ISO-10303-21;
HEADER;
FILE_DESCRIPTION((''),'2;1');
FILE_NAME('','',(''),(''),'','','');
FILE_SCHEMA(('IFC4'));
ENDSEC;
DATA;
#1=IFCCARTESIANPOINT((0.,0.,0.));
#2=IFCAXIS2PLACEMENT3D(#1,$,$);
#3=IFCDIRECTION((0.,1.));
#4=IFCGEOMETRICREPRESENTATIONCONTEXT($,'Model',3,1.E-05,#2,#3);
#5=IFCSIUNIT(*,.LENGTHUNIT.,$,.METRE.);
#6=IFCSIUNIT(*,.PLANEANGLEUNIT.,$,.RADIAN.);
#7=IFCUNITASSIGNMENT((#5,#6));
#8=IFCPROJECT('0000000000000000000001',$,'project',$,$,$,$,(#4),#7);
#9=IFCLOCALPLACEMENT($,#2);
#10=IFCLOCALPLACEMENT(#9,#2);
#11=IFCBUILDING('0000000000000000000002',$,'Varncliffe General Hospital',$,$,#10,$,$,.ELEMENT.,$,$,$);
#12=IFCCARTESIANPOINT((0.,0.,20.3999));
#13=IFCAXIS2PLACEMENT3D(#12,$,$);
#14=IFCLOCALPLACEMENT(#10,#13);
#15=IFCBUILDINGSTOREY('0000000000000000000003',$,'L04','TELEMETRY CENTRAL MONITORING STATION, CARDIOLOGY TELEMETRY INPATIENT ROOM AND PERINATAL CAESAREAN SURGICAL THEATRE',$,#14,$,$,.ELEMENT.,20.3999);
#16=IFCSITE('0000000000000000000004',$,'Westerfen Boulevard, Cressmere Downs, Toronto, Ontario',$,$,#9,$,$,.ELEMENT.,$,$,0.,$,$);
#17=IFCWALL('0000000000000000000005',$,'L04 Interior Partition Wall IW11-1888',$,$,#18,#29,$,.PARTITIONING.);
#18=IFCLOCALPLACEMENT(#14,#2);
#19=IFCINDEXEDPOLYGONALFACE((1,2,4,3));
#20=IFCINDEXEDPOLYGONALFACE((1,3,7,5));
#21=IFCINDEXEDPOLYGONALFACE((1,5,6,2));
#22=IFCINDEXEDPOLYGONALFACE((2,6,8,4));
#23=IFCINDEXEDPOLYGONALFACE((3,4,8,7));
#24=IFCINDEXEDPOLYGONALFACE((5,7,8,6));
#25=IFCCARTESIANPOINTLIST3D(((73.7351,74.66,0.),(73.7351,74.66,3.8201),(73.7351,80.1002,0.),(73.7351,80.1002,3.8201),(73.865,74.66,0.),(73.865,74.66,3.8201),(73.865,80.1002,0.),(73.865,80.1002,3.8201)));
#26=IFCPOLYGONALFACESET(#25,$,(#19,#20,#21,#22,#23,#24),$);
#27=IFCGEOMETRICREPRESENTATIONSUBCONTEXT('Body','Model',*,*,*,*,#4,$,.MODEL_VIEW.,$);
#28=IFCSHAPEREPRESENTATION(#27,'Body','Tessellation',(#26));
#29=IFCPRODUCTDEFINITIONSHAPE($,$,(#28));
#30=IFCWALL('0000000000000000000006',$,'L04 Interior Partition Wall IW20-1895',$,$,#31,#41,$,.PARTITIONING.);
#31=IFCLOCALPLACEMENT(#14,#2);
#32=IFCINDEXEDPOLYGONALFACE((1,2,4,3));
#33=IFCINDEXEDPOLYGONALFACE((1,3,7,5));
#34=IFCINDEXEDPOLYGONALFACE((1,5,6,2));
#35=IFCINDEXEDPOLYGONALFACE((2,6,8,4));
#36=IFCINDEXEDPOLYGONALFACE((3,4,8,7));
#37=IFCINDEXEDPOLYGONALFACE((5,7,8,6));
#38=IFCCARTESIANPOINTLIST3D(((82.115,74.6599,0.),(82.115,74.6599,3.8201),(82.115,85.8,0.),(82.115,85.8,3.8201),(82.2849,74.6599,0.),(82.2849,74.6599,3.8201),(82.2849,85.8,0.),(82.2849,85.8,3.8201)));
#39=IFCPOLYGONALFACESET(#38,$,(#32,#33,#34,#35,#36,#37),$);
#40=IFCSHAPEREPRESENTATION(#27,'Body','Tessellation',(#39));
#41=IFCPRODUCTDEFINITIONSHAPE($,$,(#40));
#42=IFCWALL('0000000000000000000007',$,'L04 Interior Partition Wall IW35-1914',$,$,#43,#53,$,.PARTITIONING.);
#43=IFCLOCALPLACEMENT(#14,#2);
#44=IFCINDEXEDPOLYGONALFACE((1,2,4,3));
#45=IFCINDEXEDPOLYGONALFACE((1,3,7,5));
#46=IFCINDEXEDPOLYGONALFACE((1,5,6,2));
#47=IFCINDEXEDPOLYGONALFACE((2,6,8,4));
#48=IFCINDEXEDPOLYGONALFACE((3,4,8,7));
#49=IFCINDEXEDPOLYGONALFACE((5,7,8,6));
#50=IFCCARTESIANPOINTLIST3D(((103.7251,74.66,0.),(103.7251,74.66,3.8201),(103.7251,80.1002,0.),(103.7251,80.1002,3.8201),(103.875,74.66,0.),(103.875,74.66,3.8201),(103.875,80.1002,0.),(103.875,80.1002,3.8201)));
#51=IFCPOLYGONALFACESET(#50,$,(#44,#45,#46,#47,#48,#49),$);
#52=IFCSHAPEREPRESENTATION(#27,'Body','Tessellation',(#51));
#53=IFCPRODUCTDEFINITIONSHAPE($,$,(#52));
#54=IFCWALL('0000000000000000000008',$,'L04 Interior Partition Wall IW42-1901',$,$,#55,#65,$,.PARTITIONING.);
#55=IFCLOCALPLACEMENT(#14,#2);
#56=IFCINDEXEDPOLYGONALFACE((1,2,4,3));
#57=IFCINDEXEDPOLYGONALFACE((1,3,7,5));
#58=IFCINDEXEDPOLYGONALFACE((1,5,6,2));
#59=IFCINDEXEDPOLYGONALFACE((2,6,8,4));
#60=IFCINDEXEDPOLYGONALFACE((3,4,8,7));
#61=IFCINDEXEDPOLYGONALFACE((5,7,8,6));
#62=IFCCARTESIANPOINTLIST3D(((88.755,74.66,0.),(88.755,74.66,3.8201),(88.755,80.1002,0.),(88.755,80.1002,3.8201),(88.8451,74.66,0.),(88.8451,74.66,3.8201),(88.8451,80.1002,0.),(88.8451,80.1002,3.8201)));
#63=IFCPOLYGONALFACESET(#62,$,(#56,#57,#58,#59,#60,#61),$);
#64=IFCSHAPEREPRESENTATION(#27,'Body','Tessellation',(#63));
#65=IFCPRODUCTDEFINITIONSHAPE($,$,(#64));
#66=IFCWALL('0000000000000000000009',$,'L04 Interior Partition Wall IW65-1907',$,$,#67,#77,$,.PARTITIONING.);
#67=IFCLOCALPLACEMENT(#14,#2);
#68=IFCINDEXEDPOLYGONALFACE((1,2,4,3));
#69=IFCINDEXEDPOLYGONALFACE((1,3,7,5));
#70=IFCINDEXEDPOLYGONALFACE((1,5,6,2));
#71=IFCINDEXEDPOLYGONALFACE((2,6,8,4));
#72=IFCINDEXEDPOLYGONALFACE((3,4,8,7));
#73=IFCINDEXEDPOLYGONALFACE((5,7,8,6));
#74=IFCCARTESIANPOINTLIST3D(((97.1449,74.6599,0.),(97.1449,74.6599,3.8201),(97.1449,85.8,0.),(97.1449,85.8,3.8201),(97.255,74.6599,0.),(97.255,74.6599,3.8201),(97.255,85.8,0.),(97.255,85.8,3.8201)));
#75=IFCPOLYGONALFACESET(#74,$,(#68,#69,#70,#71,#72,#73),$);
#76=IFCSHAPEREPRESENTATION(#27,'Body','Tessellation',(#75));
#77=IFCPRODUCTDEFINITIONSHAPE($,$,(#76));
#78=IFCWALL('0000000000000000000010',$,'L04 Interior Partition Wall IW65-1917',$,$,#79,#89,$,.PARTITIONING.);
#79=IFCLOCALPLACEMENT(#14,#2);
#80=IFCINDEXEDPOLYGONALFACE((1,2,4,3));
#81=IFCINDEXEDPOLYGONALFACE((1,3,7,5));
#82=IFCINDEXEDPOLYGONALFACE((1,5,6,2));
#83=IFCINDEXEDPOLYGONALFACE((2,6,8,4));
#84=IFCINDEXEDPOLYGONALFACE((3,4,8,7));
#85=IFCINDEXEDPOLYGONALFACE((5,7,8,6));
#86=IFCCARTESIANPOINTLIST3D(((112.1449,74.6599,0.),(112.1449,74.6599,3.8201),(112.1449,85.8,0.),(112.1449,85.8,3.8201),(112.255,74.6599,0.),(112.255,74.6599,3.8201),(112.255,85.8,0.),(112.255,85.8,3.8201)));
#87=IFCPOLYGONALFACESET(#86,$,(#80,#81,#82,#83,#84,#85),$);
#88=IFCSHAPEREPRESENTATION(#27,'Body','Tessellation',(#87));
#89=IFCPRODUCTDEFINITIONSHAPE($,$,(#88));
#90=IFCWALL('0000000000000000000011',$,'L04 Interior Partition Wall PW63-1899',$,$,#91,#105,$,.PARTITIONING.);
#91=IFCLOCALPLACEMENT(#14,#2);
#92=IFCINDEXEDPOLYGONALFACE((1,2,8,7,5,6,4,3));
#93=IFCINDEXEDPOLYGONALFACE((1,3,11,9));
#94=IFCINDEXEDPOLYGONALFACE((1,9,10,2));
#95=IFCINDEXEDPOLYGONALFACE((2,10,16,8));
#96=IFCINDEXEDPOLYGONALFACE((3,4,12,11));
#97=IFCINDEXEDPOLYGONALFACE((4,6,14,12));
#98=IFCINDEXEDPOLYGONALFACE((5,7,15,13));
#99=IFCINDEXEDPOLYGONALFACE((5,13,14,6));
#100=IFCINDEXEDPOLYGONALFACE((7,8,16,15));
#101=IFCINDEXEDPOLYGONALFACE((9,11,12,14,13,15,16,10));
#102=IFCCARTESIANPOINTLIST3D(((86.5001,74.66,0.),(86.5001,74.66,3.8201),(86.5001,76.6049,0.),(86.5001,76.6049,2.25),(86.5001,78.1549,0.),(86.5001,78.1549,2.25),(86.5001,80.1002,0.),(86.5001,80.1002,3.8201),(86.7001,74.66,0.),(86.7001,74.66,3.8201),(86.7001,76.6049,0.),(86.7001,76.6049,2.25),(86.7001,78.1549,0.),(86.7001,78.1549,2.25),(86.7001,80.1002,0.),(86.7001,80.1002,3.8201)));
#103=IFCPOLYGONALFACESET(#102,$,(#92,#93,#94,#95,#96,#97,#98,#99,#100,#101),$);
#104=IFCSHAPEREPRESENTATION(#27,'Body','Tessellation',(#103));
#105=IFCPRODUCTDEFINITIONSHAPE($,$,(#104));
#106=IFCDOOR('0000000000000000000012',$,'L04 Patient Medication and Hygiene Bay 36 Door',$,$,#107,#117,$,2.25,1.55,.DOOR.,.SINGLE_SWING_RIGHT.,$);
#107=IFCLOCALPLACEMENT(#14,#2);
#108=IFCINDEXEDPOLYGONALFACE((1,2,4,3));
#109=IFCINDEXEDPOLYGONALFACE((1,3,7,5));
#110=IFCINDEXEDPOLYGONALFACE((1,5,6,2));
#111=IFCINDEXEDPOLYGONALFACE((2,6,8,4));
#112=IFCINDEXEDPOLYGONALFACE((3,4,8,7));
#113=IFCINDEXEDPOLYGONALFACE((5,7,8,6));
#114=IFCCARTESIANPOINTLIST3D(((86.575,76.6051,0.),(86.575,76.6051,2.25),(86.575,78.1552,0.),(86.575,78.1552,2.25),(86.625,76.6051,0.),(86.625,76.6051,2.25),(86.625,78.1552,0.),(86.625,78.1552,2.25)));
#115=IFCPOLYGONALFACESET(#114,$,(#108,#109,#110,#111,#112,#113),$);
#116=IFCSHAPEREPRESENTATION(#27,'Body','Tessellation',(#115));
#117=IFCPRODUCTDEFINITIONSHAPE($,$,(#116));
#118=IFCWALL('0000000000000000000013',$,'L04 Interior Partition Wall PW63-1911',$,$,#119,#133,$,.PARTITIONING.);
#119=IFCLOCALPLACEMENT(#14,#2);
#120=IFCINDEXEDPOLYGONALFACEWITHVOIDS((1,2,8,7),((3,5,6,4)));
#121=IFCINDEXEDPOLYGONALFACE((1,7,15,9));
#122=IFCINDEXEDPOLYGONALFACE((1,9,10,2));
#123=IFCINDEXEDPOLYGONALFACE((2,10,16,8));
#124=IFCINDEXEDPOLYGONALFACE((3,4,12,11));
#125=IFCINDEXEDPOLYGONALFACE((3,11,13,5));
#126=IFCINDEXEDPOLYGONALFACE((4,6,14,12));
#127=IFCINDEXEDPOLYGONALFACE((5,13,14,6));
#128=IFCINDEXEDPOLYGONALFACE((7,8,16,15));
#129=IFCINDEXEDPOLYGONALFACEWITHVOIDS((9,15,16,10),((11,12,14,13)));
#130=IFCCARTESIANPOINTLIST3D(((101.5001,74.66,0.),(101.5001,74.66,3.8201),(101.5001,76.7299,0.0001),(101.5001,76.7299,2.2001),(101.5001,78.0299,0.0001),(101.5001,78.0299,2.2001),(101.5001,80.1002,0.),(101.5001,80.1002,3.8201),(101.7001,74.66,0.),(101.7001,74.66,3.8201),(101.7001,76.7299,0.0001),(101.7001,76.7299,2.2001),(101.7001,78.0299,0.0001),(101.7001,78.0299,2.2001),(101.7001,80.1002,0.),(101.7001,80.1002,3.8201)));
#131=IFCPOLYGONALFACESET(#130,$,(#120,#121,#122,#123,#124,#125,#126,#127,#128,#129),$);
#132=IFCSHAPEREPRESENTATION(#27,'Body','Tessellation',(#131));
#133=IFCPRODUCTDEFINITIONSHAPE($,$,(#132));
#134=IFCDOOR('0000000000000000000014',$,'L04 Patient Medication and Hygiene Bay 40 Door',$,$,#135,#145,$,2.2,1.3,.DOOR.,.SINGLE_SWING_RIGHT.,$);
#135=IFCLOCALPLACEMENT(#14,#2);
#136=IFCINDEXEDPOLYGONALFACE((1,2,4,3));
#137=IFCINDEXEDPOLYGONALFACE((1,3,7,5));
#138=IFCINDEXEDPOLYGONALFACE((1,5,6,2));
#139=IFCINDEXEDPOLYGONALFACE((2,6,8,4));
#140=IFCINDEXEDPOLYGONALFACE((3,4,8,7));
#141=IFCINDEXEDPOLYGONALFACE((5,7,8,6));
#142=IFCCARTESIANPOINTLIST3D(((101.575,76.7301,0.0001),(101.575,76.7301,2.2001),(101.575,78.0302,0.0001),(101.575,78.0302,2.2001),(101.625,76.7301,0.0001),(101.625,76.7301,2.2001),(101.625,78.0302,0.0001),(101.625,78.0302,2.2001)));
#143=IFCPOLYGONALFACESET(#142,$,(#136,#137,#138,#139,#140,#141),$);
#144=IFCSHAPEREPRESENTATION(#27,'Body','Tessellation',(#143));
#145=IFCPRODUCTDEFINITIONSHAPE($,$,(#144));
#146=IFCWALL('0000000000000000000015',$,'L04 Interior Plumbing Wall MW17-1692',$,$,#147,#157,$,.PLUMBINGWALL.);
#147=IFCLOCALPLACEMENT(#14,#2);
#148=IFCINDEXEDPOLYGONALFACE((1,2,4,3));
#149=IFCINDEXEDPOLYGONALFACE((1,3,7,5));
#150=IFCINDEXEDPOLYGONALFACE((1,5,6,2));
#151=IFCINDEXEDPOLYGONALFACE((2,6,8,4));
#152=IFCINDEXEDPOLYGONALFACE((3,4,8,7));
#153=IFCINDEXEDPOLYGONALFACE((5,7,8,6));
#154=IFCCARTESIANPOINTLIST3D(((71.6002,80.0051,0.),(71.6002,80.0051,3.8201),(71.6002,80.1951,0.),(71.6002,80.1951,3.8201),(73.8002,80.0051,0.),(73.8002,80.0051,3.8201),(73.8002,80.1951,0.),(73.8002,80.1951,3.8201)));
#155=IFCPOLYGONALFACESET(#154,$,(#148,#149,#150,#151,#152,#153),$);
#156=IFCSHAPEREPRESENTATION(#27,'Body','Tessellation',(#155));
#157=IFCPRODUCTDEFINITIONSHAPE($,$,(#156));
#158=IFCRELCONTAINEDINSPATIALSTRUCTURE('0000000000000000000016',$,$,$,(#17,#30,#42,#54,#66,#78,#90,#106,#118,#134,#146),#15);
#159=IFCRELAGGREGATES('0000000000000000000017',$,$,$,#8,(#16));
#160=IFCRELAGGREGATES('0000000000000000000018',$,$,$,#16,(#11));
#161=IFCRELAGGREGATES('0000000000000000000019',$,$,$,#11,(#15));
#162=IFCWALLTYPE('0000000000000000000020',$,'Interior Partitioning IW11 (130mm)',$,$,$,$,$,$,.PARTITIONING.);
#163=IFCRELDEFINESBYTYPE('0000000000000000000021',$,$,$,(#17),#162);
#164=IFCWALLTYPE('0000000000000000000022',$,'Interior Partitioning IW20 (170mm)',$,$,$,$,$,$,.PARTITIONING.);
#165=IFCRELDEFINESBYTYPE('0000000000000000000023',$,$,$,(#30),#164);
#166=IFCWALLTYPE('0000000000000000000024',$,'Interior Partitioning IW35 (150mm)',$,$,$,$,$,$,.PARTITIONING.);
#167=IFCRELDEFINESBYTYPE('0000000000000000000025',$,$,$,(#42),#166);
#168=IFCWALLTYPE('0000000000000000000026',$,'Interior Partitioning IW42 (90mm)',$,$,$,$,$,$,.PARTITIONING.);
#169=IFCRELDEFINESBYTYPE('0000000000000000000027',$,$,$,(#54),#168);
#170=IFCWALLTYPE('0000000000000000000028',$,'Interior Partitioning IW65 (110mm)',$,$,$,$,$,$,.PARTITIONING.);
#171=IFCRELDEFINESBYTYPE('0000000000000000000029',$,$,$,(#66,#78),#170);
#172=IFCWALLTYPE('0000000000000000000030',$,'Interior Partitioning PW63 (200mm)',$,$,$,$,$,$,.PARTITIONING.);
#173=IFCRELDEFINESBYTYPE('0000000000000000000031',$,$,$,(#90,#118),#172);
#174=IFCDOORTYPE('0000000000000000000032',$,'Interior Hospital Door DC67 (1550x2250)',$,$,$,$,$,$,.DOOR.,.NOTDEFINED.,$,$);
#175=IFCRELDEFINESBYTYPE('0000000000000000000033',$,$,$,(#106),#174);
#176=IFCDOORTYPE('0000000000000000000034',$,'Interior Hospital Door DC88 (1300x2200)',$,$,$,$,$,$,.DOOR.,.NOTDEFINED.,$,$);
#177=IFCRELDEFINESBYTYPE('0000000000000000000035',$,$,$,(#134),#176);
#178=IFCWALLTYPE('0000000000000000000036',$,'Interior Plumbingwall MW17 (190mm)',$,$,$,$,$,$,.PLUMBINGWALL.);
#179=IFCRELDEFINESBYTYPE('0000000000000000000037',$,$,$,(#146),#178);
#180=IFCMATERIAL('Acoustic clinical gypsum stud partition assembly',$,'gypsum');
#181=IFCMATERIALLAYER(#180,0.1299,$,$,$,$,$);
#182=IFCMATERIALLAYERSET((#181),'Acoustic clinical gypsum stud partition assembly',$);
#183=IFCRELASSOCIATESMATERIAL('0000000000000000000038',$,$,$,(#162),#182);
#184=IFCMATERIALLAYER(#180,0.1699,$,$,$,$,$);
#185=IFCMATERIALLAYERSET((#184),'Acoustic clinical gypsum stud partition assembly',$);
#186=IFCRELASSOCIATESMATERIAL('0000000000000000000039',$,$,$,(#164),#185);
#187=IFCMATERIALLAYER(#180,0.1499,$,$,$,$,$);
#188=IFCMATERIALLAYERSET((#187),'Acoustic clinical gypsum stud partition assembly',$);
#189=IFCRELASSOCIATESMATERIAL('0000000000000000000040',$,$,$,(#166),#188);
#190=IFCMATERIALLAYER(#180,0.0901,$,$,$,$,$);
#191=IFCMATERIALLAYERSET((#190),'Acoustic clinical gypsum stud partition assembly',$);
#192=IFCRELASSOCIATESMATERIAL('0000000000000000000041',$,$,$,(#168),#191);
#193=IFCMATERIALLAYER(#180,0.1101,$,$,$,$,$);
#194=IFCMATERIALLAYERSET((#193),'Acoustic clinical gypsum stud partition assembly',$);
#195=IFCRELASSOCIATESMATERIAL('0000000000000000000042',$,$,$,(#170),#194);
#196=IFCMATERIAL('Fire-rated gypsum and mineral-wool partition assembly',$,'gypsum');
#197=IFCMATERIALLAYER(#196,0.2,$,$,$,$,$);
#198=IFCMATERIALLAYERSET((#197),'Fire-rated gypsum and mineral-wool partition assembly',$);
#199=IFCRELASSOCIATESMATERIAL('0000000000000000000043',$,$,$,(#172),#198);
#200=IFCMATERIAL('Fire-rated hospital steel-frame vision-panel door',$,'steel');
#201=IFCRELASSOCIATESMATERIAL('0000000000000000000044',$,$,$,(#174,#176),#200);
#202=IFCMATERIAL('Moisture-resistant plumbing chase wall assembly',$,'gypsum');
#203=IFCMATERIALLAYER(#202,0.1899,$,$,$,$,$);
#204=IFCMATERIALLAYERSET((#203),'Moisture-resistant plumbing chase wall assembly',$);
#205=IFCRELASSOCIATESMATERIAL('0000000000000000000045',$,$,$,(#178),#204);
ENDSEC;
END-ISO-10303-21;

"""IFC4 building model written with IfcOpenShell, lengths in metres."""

from ifc_helpers import new_model, si_unit, direction, frame, frame_2d, origin, place, context, subcontext, project, spatial, rectangle, extrude, material, layer, layer_set, type_object, element, fill, save


model = new_model("IFC4")

# Units and contexts
model_context = context("Model", 3, precision=1e-05, world=origin(), true_north=direction((0.0, 1.0)))
body_context = subcontext(model_context, "Body", "Model", "MODEL_VIEW")
ifc_project = project(units=[si_unit("LENGTHUNIT", "METRE"), si_unit("PLANEANGLEUNIT", "RADIAN")], contexts=[model_context])

# Site, building, storey
site_placement = place(None, origin())
site = spatial("IfcSite", under=ifc_project, at=site_placement, Name="Westerfen Boulevard, Cressmere Downs, Toronto, Ontario", CompositionType="ELEMENT", RefElevation=0.0)
building_placement = place(site_placement, origin())
building = spatial("IfcBuilding", under=site, at=building_placement, Name="Varncliffe General Hospital", CompositionType="ELEMENT")
storey_placement = place(building_placement, frame((0.0, 0.0, 20.3999)))
storey = spatial("IfcBuildingStorey", under=building, at=storey_placement, Name="L04", Description="TELEMETRY CENTRAL MONITORING STATION, CARDIOLOGY TELEMETRY INPATIENT ROOM AND PERINATAL CAESAREAN SURGICAL THEATRE", CompositionType="ELEMENT", Elevation=20.3999)

# Walls
ifc_material_1 = material(Name="Acoustic clinical gypsum stud partition assembly", Category="gypsum")
ifc_layer_1 = layer(ifc_material_1, 0.1299)
ifc_layer_set_1 = layer_set([ifc_layer_1], Name="Acoustic clinical gypsum stud partition assembly")
wall_type_1 = type_object("IfcWallType", Name="Interior Partitioning IW11 (130mm)", PredefinedType="PARTITIONING", material=ifc_layer_set_1)
wall_1_placement = place(storey_placement, frame((73.8, 74.6599, 0.0), z_axis=(0.0, 0.0, 1.0), x_axis=(0.0, 1.0, 0.0)))
element("IfcWall", 1, at=wall_1_placement, inside=storey, type_object=wall_type_1, Name="L04 Interior Partition Wall IW11-1888", PredefinedType="PARTITIONING", context=body_context, shape_type="SweptSolid", body=[
    extrude(rectangle(XDim=5.4402, YDim=0.1299, at=frame_2d((2.7202, 0.0))), origin(), (0.0, 0.0, 1.0), 3.8201),
])
ifc_layer_2 = layer(ifc_material_1, 0.1699)
ifc_layer_set_2 = layer_set([ifc_layer_2], Name="Acoustic clinical gypsum stud partition assembly")
wall_type_2 = type_object("IfcWallType", Name="Interior Partitioning IW20 (170mm)", PredefinedType="PARTITIONING", material=ifc_layer_set_2)
wall_2_placement = place(storey_placement, frame((82.2, 74.6599, 0.0), z_axis=(0.0, 0.0, 1.0), x_axis=(0.0, 1.0, 0.0)))
element("IfcWall", 2, at=wall_2_placement, inside=storey, type_object=wall_type_2, Name="L04 Interior Partition Wall IW20-1895", PredefinedType="PARTITIONING", context=body_context, shape_type="SweptSolid", body=[
    extrude(rectangle(XDim=11.1401, YDim=0.1699, at=frame_2d((5.5701, 0.0))), origin(), (0.0, 0.0, 1.0), 3.8201),
])
ifc_layer_3 = layer(ifc_material_1, 0.1499)
ifc_layer_set_3 = layer_set([ifc_layer_3], Name="Acoustic clinical gypsum stud partition assembly")
wall_type_3 = type_object("IfcWallType", Name="Interior Partitioning IW35 (150mm)", PredefinedType="PARTITIONING", material=ifc_layer_set_3)
wall_3_placement = place(storey_placement, frame((103.8, 74.6599, 0.0), z_axis=(0.0, 0.0, 1.0), x_axis=(0.0, 1.0, 0.0)))
element("IfcWall", 3, at=wall_3_placement, inside=storey, type_object=wall_type_3, Name="L04 Interior Partition Wall IW35-1914", PredefinedType="PARTITIONING", context=body_context, shape_type="SweptSolid", body=[
    extrude(rectangle(XDim=5.4402, YDim=0.1499, at=frame_2d((2.7202, 0.0))), origin(), (0.0, 0.0, 1.0), 3.8201),
])
ifc_layer_4 = layer(ifc_material_1, 0.0901)
ifc_layer_set_4 = layer_set([ifc_layer_4], Name="Acoustic clinical gypsum stud partition assembly")
wall_type_4 = type_object("IfcWallType", Name="Interior Partitioning IW42 (90mm)", PredefinedType="PARTITIONING", material=ifc_layer_set_4)
wall_4_placement = place(storey_placement, frame((88.8, 74.6599, 0.0), z_axis=(0.0, 0.0, 1.0), x_axis=(0.0, 1.0, 0.0)))
element("IfcWall", 4, at=wall_4_placement, inside=storey, type_object=wall_type_4, Name="L04 Interior Partition Wall IW42-1901", PredefinedType="PARTITIONING", context=body_context, shape_type="SweptSolid", body=[
    extrude(rectangle(XDim=5.4402, YDim=0.0901, at=frame_2d((2.7202, 0.0))), origin(), (0.0, 0.0, 1.0), 3.8201),
])
ifc_layer_5 = layer(ifc_material_1, 0.1101)
ifc_layer_set_5 = layer_set([ifc_layer_5], Name="Acoustic clinical gypsum stud partition assembly")
wall_type_5 = type_object("IfcWallType", Name="Interior Partitioning IW65 (110mm)", PredefinedType="PARTITIONING", material=ifc_layer_set_5)
for number, where, z_axis, x_axis, name in (
    (5, (97.2, 74.6599, 0.0), (0.0, 0.0, 1.0), (0.0, 1.0, 0.0), "L04 Interior Partition Wall IW65-1907"),
    (6, (112.2, 74.6599, 0.0), (0.0, 0.0, 1.0), (0.0, 1.0, 0.0), "L04 Interior Partition Wall IW65-1917"),
):
    element("IfcWall", number, at=place(storey_placement, frame(where, z_axis=z_axis, x_axis=x_axis)), inside=storey, type_object=wall_type_5, Name=name, PredefinedType="PARTITIONING", context=body_context, shape_type="SweptSolid", body=[
        extrude(rectangle(XDim=11.1401, YDim=0.1101, at=frame_2d((5.5701, 0.0))), origin(), (0.0, 0.0, 1.0), 3.8201),
    ])

# Walls, openings, doors
ifc_material_2 = material(Name="Fire-rated gypsum and mineral-wool partition assembly", Category="gypsum")
ifc_layer_6 = layer(ifc_material_2, 0.2)
ifc_layer_set_6 = layer_set([ifc_layer_6], Name="Fire-rated gypsum and mineral-wool partition assembly")
wall_type_6 = type_object("IfcWallType", Name="Interior Partitioning PW63 (200mm)", PredefinedType="PARTITIONING", material=ifc_layer_set_6)
ifc_material_3 = material(Name="Fire-rated hospital steel-frame vision-panel door", Category="steel")
wall_5_placement = place(storey_placement, frame((86.6001, 74.6599, 0.0), z_axis=(0.0, 0.0, 1.0), x_axis=(0.0, 1.0, 0.0)))
wall_5 = element("IfcWall", 7, at=wall_5_placement, inside=storey, type_object=wall_type_6, Name="L04 Interior Partition Wall PW63-1899", PredefinedType="PARTITIONING", context=body_context, shape_type="SweptSolid", body=[
    extrude(rectangle(XDim=5.4402, YDim=0.2, at=frame_2d((2.7202, 0.0))), origin(), (0.0, 0.0, 1.0), 3.8201),
])
opening_1_placement = place(wall_5_placement, frame((1.9451, 0.0, 0.0)))
opening_1 = element("IfcOpeningElement", 8, at=opening_1_placement, cuts=wall_5, PredefinedType="OPENING", context=body_context, shape_type="SweptSolid", body=[
    extrude(rectangle(XDim=1.55, YDim=2.25, at=frame_2d((0.7749, 1.125))), frame((0.0, 0.1099, 0.0), z_axis=(0.0, -1.0, 0.0), x_axis=(1.0, 0.0, 0.0)), (0.0, 0.0, 1.0), 0.22),
])
door_type_1 = type_object("IfcDoorType", Name="Interior Hospital Door DC67 (1550x2250)", OperationType="NOTDEFINED", PredefinedType="DOOR", material=ifc_material_3)
door_1_placement = place(opening_1_placement, frame((1.55, 0.0, 0.0), z_axis=(0.0, 0.0, 1.0), x_axis=(-1.0, 0.0, 0.0)))
door_1 = element("IfcDoor", 9, at=door_1_placement, inside=storey, type_object=door_type_1, Name="L04 Patient Medication and Hygiene Bay 36 Door", OperationType="SINGLE_SWING_RIGHT", OverallHeight=2.25, OverallWidth=1.55, PredefinedType="DOOR", context=body_context, shape_type="SweptSolid", body=[
    extrude(rectangle(XDim=1.55, YDim=2.25, at=frame_2d((0.7749, 1.125))), frame((0.0, 0.0249, 0.0), z_axis=(0.0, -1.0, 0.0), x_axis=(1.0, 0.0, 0.0)), (0.0, 0.0, 1.0), 0.05),
])
fill(opening_1, door_1)
wall_6_placement = place(storey_placement, frame((101.6001, 74.6599, 0.0), z_axis=(0.0, 0.0, 1.0), x_axis=(0.0, 1.0, 0.0)))
wall_6 = element("IfcWall", 10, at=wall_6_placement, inside=storey, type_object=wall_type_6, Name="L04 Interior Partition Wall PW63-1911", PredefinedType="PARTITIONING", context=body_context, shape_type="SweptSolid", body=[
    extrude(rectangle(XDim=5.4402, YDim=0.2, at=frame_2d((2.7202, 0.0))), origin(), (0.0, 0.0, 1.0), 3.8201),
])
opening_2_placement = place(wall_6_placement, frame((2.0701, 0.0, 0.0)))
opening_2 = element("IfcOpeningElement", 11, at=opening_2_placement, cuts=wall_6, PredefinedType="OPENING", context=body_context, shape_type="SweptSolid", body=[
    extrude(rectangle(XDim=1.3, YDim=2.2, at=frame_2d((0.6499, 1.1001))), frame((0.0, 0.1099, 0.0), z_axis=(0.0, -1.0, 0.0), x_axis=(1.0, 0.0, 0.0)), (0.0, 0.0, 1.0), 0.22),
])
door_type_2 = type_object("IfcDoorType", Name="Interior Hospital Door DC88 (1300x2200)", OperationType="NOTDEFINED", PredefinedType="DOOR", material=ifc_material_3)
door_2_placement = place(opening_2_placement, frame((1.3, 0.0, 0.0), z_axis=(0.0, 0.0, 1.0), x_axis=(-1.0, 0.0, 0.0)))
door_2 = element("IfcDoor", 12, at=door_2_placement, inside=storey, type_object=door_type_2, Name="L04 Patient Medication and Hygiene Bay 40 Door", OperationType="SINGLE_SWING_RIGHT", OverallHeight=2.2, OverallWidth=1.3, PredefinedType="DOOR", context=body_context, shape_type="SweptSolid", body=[
    extrude(rectangle(XDim=1.3, YDim=2.2, at=frame_2d((0.6499, 1.1001))), frame((0.0, 0.0249, 0.0), z_axis=(0.0, -1.0, 0.0), x_axis=(1.0, 0.0, 0.0)), (0.0, 0.0, 1.0), 0.05),
])
fill(opening_2, door_2)

# Wall
ifc_material_4 = material(Name="Moisture-resistant plumbing chase wall assembly", Category="gypsum")
ifc_layer_7 = layer(ifc_material_4, 0.1899)
ifc_layer_set_7 = layer_set([ifc_layer_7], Name="Moisture-resistant plumbing chase wall assembly")
wall_type_7 = type_object("IfcWallType", Name="Interior Plumbingwall MW17 (190mm)", PredefinedType="PLUMBINGWALL", material=ifc_layer_set_7)
wall_7_placement = place(storey_placement, frame((71.6001, 80.1001, 0.0), z_axis=(0.0, 0.0, 1.0), x_axis=(1.0, 0.0, 0.0)))
element("IfcWall", 13, at=wall_7_placement, inside=storey, type_object=wall_type_7, Name="L04 Interior Plumbing Wall MW17-1692", PredefinedType="PLUMBINGWALL", context=body_context, shape_type="SweptSolid", body=[
    extrude(rectangle(XDim=2.2, YDim=0.1899, at=frame_2d((1.1001, 0.0))), origin(), (0.0, 0.0, 1.0), 3.8201),
])

save(model, "model.ifc")
